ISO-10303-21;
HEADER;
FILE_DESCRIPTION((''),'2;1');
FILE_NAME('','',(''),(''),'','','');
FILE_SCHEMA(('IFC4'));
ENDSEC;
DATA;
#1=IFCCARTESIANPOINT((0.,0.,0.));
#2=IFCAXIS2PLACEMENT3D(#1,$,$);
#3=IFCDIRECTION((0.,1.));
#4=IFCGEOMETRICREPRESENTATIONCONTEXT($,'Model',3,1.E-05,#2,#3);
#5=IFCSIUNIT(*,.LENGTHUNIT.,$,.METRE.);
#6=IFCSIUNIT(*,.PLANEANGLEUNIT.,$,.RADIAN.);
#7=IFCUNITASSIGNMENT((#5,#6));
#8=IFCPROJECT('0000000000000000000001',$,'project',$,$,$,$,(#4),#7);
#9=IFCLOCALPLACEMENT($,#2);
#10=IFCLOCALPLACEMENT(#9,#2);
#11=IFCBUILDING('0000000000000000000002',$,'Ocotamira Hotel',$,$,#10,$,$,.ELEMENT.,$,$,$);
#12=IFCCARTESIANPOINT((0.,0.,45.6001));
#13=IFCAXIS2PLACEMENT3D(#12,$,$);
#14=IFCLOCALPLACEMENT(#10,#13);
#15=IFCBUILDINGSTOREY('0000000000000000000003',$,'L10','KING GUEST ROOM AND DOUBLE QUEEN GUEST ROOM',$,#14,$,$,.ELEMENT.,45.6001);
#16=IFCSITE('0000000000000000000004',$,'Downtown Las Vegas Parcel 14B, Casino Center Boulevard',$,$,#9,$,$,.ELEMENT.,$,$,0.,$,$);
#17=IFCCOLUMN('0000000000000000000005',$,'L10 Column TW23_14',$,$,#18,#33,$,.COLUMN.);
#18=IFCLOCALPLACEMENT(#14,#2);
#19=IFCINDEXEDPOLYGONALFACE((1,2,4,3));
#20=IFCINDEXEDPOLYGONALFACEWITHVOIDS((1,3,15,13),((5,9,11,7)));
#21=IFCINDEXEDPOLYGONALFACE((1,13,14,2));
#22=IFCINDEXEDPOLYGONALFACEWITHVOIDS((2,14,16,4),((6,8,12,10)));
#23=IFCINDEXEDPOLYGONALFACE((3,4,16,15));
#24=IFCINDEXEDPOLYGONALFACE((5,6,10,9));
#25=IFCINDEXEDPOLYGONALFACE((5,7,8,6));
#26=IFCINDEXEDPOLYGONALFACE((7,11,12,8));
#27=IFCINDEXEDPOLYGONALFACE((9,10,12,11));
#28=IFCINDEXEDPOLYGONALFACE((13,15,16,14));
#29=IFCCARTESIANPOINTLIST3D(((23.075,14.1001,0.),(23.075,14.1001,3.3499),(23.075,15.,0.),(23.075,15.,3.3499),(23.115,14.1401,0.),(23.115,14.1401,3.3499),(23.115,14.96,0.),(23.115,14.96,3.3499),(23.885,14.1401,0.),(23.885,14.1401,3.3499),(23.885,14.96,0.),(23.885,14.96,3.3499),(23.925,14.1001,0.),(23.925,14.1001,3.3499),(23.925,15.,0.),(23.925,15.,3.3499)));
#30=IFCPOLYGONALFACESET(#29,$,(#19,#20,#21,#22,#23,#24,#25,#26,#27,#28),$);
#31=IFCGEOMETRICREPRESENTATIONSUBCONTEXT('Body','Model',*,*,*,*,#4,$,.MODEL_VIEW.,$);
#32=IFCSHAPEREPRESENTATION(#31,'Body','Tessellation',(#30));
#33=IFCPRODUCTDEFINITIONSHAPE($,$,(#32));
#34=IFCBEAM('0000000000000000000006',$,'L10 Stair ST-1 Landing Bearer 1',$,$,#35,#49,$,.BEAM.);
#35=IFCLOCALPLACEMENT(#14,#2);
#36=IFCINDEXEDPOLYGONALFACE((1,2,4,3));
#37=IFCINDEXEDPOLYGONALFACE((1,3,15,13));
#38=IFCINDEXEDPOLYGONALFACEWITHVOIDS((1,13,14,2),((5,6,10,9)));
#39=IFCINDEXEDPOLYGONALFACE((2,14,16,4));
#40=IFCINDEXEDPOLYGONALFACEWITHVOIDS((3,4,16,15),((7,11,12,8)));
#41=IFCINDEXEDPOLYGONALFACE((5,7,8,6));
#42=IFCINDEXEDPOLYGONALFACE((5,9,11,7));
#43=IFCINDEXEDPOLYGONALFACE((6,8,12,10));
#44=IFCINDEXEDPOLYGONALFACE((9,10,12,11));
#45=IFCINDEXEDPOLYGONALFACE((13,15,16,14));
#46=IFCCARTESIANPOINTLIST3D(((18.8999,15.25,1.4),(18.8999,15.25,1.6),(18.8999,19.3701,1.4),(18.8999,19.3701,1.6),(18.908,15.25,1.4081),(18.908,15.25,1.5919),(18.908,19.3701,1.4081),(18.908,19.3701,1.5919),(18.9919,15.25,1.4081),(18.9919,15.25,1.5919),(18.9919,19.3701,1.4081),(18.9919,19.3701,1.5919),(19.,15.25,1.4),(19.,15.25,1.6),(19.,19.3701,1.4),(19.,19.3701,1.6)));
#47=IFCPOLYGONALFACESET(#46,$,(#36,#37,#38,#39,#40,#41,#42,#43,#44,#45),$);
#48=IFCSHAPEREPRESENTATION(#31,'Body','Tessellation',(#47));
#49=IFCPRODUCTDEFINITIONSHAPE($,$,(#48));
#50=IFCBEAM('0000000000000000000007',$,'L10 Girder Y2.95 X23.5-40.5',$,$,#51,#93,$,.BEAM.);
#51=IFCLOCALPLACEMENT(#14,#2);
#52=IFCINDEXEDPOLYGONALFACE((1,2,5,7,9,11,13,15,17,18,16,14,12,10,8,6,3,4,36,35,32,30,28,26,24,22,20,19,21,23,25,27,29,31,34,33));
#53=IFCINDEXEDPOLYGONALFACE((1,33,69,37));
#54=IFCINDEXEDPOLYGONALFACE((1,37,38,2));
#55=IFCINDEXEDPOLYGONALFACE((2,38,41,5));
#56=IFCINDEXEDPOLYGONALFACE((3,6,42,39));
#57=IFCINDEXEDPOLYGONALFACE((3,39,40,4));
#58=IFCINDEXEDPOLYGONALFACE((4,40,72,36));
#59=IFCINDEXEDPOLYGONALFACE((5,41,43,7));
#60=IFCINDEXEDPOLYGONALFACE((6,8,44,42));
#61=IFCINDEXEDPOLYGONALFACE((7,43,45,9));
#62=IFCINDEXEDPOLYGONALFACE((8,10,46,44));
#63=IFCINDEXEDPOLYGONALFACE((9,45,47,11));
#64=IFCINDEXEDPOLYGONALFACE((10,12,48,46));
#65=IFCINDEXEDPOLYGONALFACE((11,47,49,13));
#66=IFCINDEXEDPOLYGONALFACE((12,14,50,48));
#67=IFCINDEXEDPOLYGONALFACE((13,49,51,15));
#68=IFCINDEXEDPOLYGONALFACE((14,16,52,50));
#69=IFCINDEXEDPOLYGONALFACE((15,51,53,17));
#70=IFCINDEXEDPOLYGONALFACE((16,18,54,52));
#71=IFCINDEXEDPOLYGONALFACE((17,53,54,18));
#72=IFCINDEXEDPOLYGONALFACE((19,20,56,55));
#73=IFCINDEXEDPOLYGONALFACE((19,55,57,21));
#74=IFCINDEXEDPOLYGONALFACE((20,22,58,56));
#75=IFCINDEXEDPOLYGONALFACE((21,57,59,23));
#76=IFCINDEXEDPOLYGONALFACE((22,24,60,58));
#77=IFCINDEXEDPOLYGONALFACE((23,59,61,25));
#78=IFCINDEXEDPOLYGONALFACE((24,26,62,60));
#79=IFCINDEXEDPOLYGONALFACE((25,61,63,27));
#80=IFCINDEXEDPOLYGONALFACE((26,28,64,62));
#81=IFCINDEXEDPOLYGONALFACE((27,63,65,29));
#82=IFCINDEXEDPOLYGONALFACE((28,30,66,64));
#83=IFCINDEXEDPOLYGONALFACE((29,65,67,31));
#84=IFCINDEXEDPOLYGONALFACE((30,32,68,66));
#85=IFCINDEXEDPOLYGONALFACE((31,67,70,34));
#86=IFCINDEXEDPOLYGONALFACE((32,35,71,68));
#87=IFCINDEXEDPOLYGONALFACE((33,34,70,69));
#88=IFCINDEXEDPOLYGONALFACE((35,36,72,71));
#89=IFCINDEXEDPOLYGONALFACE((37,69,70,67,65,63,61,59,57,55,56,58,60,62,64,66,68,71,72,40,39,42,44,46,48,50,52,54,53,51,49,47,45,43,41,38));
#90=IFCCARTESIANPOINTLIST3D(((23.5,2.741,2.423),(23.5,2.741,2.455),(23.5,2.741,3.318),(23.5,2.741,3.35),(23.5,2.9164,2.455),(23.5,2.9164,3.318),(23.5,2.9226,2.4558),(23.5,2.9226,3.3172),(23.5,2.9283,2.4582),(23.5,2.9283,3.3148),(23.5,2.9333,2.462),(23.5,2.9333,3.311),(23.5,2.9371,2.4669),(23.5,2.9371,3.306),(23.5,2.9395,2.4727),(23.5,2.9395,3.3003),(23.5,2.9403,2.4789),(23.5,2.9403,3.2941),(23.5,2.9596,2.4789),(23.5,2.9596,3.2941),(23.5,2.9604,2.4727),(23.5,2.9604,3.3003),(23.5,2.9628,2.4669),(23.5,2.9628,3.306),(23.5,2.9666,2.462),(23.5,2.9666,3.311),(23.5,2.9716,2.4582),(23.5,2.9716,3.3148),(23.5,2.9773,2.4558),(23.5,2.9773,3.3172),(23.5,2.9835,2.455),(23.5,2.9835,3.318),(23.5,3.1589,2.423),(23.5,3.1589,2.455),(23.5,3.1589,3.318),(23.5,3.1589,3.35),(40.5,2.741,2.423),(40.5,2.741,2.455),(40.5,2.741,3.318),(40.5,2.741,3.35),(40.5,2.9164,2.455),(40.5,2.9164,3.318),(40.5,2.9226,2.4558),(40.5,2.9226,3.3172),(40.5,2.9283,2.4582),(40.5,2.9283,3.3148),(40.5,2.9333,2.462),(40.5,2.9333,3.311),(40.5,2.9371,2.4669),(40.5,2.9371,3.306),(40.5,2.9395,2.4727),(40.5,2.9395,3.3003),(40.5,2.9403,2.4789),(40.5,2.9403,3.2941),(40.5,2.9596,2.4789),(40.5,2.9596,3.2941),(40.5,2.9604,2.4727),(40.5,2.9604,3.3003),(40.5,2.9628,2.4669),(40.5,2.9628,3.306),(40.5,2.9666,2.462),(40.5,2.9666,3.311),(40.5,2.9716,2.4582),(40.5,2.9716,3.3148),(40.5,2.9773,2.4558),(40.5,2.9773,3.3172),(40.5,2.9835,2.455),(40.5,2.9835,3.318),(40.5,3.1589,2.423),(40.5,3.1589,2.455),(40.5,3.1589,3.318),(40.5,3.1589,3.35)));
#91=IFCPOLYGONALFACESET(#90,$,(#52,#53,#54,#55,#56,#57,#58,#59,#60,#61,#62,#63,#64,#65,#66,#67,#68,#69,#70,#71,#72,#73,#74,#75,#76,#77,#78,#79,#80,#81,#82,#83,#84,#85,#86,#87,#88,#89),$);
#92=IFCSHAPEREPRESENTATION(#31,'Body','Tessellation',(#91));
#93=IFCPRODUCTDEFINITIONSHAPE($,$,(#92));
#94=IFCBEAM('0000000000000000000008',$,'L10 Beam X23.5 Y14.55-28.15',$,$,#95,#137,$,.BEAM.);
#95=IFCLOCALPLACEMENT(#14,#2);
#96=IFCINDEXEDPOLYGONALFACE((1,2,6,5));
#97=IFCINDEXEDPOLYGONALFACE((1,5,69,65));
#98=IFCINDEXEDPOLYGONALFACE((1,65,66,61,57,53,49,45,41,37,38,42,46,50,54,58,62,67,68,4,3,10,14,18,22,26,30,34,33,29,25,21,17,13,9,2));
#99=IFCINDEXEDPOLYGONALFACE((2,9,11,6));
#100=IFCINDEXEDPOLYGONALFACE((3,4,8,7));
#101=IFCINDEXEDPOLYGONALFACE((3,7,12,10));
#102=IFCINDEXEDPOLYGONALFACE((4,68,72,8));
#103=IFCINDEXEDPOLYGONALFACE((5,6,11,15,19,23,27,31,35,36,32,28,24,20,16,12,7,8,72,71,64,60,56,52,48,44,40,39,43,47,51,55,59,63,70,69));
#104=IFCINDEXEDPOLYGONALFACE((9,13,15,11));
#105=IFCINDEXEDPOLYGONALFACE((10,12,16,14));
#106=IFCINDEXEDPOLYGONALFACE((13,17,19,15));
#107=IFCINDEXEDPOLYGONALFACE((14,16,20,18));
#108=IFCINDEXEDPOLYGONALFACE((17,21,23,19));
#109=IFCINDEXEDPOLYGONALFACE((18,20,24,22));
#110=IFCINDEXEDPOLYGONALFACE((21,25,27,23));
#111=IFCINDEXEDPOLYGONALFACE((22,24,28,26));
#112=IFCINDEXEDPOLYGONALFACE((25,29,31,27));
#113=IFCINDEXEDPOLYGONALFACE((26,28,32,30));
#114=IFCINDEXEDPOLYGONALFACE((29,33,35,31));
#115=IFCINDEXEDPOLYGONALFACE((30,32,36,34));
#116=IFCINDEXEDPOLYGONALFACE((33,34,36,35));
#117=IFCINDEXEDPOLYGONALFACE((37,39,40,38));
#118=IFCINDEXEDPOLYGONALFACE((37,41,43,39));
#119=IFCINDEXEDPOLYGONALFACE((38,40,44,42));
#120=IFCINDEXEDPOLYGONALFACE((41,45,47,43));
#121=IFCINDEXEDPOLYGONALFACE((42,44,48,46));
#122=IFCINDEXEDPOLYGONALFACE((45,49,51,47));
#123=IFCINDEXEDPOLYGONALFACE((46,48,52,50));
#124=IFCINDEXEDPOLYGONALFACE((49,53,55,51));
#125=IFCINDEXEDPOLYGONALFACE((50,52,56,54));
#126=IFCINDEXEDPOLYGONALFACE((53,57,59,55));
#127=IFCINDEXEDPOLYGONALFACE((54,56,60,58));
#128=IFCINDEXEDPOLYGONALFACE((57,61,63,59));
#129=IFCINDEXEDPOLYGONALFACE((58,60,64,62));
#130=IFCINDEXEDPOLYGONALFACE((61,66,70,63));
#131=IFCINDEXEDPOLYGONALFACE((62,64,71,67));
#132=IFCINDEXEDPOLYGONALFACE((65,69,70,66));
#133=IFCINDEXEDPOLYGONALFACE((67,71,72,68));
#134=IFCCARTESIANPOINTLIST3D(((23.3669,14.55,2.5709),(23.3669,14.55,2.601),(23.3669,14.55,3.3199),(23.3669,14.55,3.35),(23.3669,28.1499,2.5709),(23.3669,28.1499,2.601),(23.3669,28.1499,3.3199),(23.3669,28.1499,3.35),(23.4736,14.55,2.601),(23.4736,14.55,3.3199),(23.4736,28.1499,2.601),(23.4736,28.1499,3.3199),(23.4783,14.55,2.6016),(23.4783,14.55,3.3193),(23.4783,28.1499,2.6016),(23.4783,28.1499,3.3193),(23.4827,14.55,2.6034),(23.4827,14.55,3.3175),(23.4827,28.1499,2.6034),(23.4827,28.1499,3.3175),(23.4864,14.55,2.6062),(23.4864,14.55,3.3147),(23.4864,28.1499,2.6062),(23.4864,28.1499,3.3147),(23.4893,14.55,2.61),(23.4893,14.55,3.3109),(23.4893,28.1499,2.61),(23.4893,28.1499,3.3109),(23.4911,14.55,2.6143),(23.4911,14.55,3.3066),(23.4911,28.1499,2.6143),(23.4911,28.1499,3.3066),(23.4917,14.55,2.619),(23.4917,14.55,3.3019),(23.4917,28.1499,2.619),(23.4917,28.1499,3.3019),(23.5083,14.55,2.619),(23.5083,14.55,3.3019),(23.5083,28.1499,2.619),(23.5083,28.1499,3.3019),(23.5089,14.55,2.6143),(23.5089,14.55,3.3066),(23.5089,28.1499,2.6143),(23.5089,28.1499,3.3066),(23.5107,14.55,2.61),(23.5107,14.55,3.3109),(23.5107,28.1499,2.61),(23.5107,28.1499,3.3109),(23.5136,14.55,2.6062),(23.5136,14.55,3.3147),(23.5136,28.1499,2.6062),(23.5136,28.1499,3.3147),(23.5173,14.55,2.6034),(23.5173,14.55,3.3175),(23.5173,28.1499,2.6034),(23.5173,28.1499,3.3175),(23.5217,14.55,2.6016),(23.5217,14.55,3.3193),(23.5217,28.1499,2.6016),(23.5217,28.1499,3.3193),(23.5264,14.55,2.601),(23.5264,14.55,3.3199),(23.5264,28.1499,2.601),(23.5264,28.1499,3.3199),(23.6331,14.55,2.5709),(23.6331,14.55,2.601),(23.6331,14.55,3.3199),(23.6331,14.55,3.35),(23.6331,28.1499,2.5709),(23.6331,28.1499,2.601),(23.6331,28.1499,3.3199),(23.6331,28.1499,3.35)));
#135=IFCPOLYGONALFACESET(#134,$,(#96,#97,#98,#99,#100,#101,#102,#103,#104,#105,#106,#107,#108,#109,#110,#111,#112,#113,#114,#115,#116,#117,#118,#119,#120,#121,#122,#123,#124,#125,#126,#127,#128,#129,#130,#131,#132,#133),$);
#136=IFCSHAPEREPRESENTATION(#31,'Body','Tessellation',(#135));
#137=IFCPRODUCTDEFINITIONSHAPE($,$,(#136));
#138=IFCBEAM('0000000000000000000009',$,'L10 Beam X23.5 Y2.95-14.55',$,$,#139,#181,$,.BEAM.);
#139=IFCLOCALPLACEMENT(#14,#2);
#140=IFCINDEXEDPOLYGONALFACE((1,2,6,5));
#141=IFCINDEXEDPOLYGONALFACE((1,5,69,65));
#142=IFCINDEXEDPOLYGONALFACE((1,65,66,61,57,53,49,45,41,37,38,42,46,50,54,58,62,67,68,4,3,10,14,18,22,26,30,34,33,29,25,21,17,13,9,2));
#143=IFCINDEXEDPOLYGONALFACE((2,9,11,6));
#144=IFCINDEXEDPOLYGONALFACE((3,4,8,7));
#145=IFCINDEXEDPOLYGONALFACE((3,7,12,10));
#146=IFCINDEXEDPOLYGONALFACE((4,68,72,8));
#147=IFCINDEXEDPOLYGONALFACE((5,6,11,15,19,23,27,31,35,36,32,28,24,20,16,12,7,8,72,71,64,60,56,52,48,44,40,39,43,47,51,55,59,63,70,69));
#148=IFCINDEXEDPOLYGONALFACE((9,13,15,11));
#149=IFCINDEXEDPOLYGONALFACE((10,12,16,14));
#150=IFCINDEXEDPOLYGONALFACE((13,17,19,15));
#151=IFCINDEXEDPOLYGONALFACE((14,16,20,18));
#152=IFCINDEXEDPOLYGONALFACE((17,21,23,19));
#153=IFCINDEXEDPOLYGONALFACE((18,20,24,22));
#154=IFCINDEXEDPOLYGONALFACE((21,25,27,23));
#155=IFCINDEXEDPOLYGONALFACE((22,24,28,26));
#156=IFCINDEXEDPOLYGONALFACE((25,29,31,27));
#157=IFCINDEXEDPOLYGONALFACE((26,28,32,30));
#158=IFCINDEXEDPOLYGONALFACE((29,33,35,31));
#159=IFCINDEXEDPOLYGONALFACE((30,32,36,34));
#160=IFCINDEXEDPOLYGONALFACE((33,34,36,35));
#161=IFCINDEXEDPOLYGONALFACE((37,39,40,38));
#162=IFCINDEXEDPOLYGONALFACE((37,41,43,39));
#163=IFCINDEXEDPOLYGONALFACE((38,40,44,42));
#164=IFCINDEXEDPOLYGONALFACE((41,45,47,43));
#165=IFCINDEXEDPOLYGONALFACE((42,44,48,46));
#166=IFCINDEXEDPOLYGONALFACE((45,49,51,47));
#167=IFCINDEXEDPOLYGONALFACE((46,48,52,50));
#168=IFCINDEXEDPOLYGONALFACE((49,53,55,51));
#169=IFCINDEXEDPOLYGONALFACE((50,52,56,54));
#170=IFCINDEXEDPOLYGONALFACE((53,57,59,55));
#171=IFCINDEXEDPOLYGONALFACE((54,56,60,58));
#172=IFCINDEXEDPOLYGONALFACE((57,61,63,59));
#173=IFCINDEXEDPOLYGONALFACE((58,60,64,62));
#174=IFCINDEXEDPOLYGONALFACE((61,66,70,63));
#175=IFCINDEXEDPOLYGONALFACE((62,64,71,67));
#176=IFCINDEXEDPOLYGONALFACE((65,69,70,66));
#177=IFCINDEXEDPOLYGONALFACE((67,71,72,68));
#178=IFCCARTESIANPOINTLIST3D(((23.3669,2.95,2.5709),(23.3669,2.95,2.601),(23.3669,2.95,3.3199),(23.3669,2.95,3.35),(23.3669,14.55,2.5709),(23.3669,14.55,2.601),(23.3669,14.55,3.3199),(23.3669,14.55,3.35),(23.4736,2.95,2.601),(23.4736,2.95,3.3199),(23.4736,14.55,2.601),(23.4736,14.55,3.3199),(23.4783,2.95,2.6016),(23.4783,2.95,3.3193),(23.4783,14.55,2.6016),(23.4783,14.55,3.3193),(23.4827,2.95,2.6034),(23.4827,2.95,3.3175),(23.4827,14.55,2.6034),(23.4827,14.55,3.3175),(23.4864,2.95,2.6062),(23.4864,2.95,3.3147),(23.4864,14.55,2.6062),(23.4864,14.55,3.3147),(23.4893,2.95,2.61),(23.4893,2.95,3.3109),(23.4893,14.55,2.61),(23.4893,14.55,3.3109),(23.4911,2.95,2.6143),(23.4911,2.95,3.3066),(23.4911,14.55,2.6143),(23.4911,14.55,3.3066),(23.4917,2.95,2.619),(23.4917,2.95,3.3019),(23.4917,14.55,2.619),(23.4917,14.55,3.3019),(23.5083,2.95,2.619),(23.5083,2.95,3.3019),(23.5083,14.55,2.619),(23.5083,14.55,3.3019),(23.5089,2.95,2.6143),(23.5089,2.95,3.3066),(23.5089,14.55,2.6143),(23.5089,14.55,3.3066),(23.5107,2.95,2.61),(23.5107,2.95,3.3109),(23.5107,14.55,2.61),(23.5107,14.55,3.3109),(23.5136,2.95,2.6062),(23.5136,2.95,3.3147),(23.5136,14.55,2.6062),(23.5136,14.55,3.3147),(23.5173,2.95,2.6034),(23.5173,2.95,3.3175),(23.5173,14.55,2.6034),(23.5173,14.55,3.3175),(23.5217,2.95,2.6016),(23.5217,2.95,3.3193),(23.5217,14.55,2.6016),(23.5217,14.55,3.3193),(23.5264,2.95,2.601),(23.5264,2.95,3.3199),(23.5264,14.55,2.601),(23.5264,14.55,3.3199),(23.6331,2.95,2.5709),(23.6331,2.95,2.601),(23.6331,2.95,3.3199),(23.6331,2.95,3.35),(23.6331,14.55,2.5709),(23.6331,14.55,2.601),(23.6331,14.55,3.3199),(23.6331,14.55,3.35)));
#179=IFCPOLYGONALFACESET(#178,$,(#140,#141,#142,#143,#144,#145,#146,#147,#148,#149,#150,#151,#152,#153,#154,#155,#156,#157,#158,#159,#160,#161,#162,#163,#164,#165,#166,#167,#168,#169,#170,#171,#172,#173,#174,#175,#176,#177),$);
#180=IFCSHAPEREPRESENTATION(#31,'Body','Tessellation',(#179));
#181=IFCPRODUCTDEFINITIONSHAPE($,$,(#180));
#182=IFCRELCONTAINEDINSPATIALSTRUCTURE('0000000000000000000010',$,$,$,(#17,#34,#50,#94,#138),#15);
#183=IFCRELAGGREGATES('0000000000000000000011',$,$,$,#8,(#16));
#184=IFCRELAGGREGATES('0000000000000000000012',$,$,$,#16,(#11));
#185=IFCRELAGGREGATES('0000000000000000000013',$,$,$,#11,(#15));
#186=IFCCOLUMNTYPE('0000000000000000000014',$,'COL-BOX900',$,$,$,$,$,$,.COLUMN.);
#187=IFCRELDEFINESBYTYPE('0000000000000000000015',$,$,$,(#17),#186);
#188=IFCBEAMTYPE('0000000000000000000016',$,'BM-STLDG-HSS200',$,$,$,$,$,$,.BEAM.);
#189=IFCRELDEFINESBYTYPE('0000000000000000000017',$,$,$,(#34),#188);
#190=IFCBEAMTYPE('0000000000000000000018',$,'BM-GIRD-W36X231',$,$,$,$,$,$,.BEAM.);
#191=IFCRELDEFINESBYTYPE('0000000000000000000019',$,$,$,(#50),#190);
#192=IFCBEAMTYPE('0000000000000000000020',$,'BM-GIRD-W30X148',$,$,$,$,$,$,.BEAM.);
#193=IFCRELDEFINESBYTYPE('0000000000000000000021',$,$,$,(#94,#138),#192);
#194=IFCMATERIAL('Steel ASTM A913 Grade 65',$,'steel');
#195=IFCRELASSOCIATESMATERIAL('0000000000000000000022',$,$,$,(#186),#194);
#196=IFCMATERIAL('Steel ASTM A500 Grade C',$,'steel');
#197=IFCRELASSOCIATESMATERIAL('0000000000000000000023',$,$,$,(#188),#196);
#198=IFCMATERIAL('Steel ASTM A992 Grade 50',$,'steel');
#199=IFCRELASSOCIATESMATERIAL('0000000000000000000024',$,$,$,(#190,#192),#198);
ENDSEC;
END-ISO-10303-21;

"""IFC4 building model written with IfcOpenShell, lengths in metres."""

from ifc_helpers import new_model, si_unit, direction, frame, origin, origin_2d, place, context, subcontext, project, spatial, hollow_rectangle, i_section, extrude, source, transform, mapped, material, material_profile, profile_set, type_object, element, save


model = new_model("IFC4")

# Units and contexts
model_context = context("Model", 3, precision=1e-05, world=origin(), true_north=direction((0.0, 1.0)))
body_context = subcontext(model_context, "Body", "Model", "MODEL_VIEW")
ifc_project = project(units=[si_unit("LENGTHUNIT", "METRE"), si_unit("PLANEANGLEUNIT", "RADIAN")], contexts=[model_context])

# Site, building, storey
site_placement = place(None, origin())
site = spatial("IfcSite", under=ifc_project, at=site_placement, Name="Downtown Las Vegas Parcel 14B, Casino Center Boulevard", CompositionType="ELEMENT", RefElevation=0.0)
building_placement = place(site_placement, origin())
building = spatial("IfcBuilding", under=site, at=building_placement, Name="Ocotamira Hotel", CompositionType="ELEMENT")
storey_placement = place(building_placement, frame((0.0, 0.0, 45.6001)))
storey = spatial("IfcBuildingStorey", under=building, at=storey_placement, Name="L10", Description="KING GUEST ROOM AND DOUBLE QUEEN GUEST ROOM", CompositionType="ELEMENT", Elevation=45.6001)

# Column
ifc_material_1 = material(Name="Steel ASTM A913 Grade 65", Category="steel")
ifc_material_profile_1 = material_profile(ifc_material_1, hollow_rectangle(XDim=0.8501, YDim=0.8999, WallThickness=0.04, at=origin_2d()), Name="BOX900X850X40")
ifc_profile_set_1 = profile_set([ifc_material_profile_1], Name="Steel ASTM A913 Grade 65")
column_type = type_object("IfcColumnType", Name="COL-BOX900", PredefinedType="COLUMN", material=ifc_profile_set_1)
shared_shape_1 = source(origin(), body_context, "Body", "SweptSolid", [
    extrude(hollow_rectangle(XDim=0.8501, YDim=0.8999, WallThickness=0.04, at=origin_2d()), origin(), (0.0, 0.0, 1.0), 3.3499),
])
column_placement = place(storey_placement, frame((23.5, 14.55, 0.0), z_axis=(0.0, 0.0, 1.0), x_axis=(1.0, 0.0, 0.0)))
element("IfcColumn", 1, at=column_placement, inside=storey, type_object=column_type, Name="L10 Column TW23_14", PredefinedType="COLUMN", context=body_context, shape_type="MappedRepresentation", body=[
    mapped(shared_shape_1, transform((0.0, 0.0, 0.0), scale=1.0)),
])

# Beams
ifc_material_2 = material(Name="Steel ASTM A500 Grade C", Category="steel")
ifc_material_profile_2 = material_profile(ifc_material_2, hollow_rectangle(XDim=0.1001, YDim=0.2, WallThickness=0.0081, at=origin_2d()), Name="HSS200X100X8")
ifc_profile_set_2 = profile_set([ifc_material_profile_2], Name="Steel ASTM A500 Grade C")
beam_type_1 = type_object("IfcBeamType", Name="BM-STLDG-HSS200", PredefinedType="BEAM", material=ifc_profile_set_2)
shared_shape_2 = source(origin(), body_context, "Body", "SweptSolid", [
    extrude(hollow_rectangle(XDim=0.1001, YDim=0.2, WallThickness=0.0081, at=origin_2d()), origin(), (0.0, 0.0, 1.0), 4.1201),
])
beam_1_placement = place(storey_placement, frame((18.95, 15.25, 1.5), z_axis=(0.0, 1.0, 0.0), x_axis=(-1.0, 0.0, 0.0)))
element("IfcBeam", 2, at=beam_1_placement, inside=storey, type_object=beam_type_1, Name="L10 Stair ST-1 Landing Bearer 1", PredefinedType="BEAM", context=body_context, shape_type="MappedRepresentation", body=[
    mapped(shared_shape_2, transform((0.0, 0.0, 0.0), scale=1.0)),
])
ifc_material_3 = material(Name="Steel ASTM A992 Grade 50", Category="steel")
ifc_material_profile_3 = material_profile(ifc_material_3, i_section(OverallWidth=0.418, OverallDepth=0.927, WebThickness=0.0193, FlangeThickness=0.032, FilletRadius=0.0239, at=origin_2d()), Name="W36X231")
ifc_profile_set_3 = profile_set([ifc_material_profile_3], Name="Steel ASTM A992 Grade 50")
beam_type_2 = type_object("IfcBeamType", Name="BM-GIRD-W36X231", PredefinedType="BEAM", material=ifc_profile_set_3)
shared_shape_3 = source(origin(), body_context, "Body", "SweptSolid", [
    extrude(i_section(OverallWidth=0.418, OverallDepth=0.927, WebThickness=0.0193, FlangeThickness=0.032, FilletRadius=0.0239, at=origin_2d()), origin(), (0.0, 0.0, 1.0), 17.0),
])
beam_2_placement = place(storey_placement, frame((23.5, 2.95, 2.8865), z_axis=(1.0, 0.0, 0.0), x_axis=(0.0, 1.0, 0.0)))
element("IfcBeam", 3, at=beam_2_placement, inside=storey, type_object=beam_type_2, Name="L10 Girder Y2.95 X23.5-40.5", PredefinedType="BEAM", context=body_context, shape_type="MappedRepresentation", body=[
    mapped(shared_shape_3, transform((0.0, 0.0, 0.0), scale=1.0)),
])
ifc_material_profile_4 = material_profile(ifc_material_3, i_section(OverallWidth=0.2661, OverallDepth=0.7791, WebThickness=0.0166, FlangeThickness=0.03, FilletRadius=0.0181, at=origin_2d()), Name="W30X148")
ifc_profile_set_4 = profile_set([ifc_material_profile_4], Name="Steel ASTM A992 Grade 50")
beam_type_3 = type_object("IfcBeamType", Name="BM-GIRD-W30X148", PredefinedType="BEAM", material=ifc_profile_set_4)
shared_shape_4 = source(origin(), body_context, "Body", "SweptSolid", [
    extrude(i_section(OverallWidth=0.2661, OverallDepth=0.7791, WebThickness=0.0166, FlangeThickness=0.03, FilletRadius=0.0181, at=origin_2d()), origin(), (0.0, 0.0, 1.0), 13.5999),
])
beam_3_placement = place(storey_placement, frame((23.5, 14.55, 2.9604), z_axis=(0.0, 1.0, 0.0), x_axis=(-1.0, 0.0, 0.0)))
element("IfcBeam", 4, at=beam_3_placement, inside=storey, type_object=beam_type_3, Name="L10 Beam X23.5 Y14.55-28.15", PredefinedType="BEAM", context=body_context, shape_type="MappedRepresentation", body=[
    mapped(shared_shape_4, transform((0.0, 0.0, 0.0), scale=1.0)),
])
shared_shape_5 = source(origin(), body_context, "Body", "SweptSolid", [
    extrude(i_section(OverallWidth=0.2661, OverallDepth=0.7791, WebThickness=0.0166, FlangeThickness=0.03, FilletRadius=0.0181, at=origin_2d()), origin(), (0.0, 0.0, 1.0), 11.6001),
])
beam_4_placement = place(storey_placement, frame((23.5, 2.95, 2.9604), z_axis=(0.0, 1.0, 0.0), x_axis=(-1.0, 0.0, 0.0)))
element("IfcBeam", 5, at=beam_4_placement, inside=storey, type_object=beam_type_3, Name="L10 Beam X23.5 Y2.95-14.55", PredefinedType="BEAM", context=body_context, shape_type="MappedRepresentation", body=[
    mapped(shared_shape_5, transform((0.0, 0.0, 0.0), scale=1.0)),
])

save(model, "model.ifc")
